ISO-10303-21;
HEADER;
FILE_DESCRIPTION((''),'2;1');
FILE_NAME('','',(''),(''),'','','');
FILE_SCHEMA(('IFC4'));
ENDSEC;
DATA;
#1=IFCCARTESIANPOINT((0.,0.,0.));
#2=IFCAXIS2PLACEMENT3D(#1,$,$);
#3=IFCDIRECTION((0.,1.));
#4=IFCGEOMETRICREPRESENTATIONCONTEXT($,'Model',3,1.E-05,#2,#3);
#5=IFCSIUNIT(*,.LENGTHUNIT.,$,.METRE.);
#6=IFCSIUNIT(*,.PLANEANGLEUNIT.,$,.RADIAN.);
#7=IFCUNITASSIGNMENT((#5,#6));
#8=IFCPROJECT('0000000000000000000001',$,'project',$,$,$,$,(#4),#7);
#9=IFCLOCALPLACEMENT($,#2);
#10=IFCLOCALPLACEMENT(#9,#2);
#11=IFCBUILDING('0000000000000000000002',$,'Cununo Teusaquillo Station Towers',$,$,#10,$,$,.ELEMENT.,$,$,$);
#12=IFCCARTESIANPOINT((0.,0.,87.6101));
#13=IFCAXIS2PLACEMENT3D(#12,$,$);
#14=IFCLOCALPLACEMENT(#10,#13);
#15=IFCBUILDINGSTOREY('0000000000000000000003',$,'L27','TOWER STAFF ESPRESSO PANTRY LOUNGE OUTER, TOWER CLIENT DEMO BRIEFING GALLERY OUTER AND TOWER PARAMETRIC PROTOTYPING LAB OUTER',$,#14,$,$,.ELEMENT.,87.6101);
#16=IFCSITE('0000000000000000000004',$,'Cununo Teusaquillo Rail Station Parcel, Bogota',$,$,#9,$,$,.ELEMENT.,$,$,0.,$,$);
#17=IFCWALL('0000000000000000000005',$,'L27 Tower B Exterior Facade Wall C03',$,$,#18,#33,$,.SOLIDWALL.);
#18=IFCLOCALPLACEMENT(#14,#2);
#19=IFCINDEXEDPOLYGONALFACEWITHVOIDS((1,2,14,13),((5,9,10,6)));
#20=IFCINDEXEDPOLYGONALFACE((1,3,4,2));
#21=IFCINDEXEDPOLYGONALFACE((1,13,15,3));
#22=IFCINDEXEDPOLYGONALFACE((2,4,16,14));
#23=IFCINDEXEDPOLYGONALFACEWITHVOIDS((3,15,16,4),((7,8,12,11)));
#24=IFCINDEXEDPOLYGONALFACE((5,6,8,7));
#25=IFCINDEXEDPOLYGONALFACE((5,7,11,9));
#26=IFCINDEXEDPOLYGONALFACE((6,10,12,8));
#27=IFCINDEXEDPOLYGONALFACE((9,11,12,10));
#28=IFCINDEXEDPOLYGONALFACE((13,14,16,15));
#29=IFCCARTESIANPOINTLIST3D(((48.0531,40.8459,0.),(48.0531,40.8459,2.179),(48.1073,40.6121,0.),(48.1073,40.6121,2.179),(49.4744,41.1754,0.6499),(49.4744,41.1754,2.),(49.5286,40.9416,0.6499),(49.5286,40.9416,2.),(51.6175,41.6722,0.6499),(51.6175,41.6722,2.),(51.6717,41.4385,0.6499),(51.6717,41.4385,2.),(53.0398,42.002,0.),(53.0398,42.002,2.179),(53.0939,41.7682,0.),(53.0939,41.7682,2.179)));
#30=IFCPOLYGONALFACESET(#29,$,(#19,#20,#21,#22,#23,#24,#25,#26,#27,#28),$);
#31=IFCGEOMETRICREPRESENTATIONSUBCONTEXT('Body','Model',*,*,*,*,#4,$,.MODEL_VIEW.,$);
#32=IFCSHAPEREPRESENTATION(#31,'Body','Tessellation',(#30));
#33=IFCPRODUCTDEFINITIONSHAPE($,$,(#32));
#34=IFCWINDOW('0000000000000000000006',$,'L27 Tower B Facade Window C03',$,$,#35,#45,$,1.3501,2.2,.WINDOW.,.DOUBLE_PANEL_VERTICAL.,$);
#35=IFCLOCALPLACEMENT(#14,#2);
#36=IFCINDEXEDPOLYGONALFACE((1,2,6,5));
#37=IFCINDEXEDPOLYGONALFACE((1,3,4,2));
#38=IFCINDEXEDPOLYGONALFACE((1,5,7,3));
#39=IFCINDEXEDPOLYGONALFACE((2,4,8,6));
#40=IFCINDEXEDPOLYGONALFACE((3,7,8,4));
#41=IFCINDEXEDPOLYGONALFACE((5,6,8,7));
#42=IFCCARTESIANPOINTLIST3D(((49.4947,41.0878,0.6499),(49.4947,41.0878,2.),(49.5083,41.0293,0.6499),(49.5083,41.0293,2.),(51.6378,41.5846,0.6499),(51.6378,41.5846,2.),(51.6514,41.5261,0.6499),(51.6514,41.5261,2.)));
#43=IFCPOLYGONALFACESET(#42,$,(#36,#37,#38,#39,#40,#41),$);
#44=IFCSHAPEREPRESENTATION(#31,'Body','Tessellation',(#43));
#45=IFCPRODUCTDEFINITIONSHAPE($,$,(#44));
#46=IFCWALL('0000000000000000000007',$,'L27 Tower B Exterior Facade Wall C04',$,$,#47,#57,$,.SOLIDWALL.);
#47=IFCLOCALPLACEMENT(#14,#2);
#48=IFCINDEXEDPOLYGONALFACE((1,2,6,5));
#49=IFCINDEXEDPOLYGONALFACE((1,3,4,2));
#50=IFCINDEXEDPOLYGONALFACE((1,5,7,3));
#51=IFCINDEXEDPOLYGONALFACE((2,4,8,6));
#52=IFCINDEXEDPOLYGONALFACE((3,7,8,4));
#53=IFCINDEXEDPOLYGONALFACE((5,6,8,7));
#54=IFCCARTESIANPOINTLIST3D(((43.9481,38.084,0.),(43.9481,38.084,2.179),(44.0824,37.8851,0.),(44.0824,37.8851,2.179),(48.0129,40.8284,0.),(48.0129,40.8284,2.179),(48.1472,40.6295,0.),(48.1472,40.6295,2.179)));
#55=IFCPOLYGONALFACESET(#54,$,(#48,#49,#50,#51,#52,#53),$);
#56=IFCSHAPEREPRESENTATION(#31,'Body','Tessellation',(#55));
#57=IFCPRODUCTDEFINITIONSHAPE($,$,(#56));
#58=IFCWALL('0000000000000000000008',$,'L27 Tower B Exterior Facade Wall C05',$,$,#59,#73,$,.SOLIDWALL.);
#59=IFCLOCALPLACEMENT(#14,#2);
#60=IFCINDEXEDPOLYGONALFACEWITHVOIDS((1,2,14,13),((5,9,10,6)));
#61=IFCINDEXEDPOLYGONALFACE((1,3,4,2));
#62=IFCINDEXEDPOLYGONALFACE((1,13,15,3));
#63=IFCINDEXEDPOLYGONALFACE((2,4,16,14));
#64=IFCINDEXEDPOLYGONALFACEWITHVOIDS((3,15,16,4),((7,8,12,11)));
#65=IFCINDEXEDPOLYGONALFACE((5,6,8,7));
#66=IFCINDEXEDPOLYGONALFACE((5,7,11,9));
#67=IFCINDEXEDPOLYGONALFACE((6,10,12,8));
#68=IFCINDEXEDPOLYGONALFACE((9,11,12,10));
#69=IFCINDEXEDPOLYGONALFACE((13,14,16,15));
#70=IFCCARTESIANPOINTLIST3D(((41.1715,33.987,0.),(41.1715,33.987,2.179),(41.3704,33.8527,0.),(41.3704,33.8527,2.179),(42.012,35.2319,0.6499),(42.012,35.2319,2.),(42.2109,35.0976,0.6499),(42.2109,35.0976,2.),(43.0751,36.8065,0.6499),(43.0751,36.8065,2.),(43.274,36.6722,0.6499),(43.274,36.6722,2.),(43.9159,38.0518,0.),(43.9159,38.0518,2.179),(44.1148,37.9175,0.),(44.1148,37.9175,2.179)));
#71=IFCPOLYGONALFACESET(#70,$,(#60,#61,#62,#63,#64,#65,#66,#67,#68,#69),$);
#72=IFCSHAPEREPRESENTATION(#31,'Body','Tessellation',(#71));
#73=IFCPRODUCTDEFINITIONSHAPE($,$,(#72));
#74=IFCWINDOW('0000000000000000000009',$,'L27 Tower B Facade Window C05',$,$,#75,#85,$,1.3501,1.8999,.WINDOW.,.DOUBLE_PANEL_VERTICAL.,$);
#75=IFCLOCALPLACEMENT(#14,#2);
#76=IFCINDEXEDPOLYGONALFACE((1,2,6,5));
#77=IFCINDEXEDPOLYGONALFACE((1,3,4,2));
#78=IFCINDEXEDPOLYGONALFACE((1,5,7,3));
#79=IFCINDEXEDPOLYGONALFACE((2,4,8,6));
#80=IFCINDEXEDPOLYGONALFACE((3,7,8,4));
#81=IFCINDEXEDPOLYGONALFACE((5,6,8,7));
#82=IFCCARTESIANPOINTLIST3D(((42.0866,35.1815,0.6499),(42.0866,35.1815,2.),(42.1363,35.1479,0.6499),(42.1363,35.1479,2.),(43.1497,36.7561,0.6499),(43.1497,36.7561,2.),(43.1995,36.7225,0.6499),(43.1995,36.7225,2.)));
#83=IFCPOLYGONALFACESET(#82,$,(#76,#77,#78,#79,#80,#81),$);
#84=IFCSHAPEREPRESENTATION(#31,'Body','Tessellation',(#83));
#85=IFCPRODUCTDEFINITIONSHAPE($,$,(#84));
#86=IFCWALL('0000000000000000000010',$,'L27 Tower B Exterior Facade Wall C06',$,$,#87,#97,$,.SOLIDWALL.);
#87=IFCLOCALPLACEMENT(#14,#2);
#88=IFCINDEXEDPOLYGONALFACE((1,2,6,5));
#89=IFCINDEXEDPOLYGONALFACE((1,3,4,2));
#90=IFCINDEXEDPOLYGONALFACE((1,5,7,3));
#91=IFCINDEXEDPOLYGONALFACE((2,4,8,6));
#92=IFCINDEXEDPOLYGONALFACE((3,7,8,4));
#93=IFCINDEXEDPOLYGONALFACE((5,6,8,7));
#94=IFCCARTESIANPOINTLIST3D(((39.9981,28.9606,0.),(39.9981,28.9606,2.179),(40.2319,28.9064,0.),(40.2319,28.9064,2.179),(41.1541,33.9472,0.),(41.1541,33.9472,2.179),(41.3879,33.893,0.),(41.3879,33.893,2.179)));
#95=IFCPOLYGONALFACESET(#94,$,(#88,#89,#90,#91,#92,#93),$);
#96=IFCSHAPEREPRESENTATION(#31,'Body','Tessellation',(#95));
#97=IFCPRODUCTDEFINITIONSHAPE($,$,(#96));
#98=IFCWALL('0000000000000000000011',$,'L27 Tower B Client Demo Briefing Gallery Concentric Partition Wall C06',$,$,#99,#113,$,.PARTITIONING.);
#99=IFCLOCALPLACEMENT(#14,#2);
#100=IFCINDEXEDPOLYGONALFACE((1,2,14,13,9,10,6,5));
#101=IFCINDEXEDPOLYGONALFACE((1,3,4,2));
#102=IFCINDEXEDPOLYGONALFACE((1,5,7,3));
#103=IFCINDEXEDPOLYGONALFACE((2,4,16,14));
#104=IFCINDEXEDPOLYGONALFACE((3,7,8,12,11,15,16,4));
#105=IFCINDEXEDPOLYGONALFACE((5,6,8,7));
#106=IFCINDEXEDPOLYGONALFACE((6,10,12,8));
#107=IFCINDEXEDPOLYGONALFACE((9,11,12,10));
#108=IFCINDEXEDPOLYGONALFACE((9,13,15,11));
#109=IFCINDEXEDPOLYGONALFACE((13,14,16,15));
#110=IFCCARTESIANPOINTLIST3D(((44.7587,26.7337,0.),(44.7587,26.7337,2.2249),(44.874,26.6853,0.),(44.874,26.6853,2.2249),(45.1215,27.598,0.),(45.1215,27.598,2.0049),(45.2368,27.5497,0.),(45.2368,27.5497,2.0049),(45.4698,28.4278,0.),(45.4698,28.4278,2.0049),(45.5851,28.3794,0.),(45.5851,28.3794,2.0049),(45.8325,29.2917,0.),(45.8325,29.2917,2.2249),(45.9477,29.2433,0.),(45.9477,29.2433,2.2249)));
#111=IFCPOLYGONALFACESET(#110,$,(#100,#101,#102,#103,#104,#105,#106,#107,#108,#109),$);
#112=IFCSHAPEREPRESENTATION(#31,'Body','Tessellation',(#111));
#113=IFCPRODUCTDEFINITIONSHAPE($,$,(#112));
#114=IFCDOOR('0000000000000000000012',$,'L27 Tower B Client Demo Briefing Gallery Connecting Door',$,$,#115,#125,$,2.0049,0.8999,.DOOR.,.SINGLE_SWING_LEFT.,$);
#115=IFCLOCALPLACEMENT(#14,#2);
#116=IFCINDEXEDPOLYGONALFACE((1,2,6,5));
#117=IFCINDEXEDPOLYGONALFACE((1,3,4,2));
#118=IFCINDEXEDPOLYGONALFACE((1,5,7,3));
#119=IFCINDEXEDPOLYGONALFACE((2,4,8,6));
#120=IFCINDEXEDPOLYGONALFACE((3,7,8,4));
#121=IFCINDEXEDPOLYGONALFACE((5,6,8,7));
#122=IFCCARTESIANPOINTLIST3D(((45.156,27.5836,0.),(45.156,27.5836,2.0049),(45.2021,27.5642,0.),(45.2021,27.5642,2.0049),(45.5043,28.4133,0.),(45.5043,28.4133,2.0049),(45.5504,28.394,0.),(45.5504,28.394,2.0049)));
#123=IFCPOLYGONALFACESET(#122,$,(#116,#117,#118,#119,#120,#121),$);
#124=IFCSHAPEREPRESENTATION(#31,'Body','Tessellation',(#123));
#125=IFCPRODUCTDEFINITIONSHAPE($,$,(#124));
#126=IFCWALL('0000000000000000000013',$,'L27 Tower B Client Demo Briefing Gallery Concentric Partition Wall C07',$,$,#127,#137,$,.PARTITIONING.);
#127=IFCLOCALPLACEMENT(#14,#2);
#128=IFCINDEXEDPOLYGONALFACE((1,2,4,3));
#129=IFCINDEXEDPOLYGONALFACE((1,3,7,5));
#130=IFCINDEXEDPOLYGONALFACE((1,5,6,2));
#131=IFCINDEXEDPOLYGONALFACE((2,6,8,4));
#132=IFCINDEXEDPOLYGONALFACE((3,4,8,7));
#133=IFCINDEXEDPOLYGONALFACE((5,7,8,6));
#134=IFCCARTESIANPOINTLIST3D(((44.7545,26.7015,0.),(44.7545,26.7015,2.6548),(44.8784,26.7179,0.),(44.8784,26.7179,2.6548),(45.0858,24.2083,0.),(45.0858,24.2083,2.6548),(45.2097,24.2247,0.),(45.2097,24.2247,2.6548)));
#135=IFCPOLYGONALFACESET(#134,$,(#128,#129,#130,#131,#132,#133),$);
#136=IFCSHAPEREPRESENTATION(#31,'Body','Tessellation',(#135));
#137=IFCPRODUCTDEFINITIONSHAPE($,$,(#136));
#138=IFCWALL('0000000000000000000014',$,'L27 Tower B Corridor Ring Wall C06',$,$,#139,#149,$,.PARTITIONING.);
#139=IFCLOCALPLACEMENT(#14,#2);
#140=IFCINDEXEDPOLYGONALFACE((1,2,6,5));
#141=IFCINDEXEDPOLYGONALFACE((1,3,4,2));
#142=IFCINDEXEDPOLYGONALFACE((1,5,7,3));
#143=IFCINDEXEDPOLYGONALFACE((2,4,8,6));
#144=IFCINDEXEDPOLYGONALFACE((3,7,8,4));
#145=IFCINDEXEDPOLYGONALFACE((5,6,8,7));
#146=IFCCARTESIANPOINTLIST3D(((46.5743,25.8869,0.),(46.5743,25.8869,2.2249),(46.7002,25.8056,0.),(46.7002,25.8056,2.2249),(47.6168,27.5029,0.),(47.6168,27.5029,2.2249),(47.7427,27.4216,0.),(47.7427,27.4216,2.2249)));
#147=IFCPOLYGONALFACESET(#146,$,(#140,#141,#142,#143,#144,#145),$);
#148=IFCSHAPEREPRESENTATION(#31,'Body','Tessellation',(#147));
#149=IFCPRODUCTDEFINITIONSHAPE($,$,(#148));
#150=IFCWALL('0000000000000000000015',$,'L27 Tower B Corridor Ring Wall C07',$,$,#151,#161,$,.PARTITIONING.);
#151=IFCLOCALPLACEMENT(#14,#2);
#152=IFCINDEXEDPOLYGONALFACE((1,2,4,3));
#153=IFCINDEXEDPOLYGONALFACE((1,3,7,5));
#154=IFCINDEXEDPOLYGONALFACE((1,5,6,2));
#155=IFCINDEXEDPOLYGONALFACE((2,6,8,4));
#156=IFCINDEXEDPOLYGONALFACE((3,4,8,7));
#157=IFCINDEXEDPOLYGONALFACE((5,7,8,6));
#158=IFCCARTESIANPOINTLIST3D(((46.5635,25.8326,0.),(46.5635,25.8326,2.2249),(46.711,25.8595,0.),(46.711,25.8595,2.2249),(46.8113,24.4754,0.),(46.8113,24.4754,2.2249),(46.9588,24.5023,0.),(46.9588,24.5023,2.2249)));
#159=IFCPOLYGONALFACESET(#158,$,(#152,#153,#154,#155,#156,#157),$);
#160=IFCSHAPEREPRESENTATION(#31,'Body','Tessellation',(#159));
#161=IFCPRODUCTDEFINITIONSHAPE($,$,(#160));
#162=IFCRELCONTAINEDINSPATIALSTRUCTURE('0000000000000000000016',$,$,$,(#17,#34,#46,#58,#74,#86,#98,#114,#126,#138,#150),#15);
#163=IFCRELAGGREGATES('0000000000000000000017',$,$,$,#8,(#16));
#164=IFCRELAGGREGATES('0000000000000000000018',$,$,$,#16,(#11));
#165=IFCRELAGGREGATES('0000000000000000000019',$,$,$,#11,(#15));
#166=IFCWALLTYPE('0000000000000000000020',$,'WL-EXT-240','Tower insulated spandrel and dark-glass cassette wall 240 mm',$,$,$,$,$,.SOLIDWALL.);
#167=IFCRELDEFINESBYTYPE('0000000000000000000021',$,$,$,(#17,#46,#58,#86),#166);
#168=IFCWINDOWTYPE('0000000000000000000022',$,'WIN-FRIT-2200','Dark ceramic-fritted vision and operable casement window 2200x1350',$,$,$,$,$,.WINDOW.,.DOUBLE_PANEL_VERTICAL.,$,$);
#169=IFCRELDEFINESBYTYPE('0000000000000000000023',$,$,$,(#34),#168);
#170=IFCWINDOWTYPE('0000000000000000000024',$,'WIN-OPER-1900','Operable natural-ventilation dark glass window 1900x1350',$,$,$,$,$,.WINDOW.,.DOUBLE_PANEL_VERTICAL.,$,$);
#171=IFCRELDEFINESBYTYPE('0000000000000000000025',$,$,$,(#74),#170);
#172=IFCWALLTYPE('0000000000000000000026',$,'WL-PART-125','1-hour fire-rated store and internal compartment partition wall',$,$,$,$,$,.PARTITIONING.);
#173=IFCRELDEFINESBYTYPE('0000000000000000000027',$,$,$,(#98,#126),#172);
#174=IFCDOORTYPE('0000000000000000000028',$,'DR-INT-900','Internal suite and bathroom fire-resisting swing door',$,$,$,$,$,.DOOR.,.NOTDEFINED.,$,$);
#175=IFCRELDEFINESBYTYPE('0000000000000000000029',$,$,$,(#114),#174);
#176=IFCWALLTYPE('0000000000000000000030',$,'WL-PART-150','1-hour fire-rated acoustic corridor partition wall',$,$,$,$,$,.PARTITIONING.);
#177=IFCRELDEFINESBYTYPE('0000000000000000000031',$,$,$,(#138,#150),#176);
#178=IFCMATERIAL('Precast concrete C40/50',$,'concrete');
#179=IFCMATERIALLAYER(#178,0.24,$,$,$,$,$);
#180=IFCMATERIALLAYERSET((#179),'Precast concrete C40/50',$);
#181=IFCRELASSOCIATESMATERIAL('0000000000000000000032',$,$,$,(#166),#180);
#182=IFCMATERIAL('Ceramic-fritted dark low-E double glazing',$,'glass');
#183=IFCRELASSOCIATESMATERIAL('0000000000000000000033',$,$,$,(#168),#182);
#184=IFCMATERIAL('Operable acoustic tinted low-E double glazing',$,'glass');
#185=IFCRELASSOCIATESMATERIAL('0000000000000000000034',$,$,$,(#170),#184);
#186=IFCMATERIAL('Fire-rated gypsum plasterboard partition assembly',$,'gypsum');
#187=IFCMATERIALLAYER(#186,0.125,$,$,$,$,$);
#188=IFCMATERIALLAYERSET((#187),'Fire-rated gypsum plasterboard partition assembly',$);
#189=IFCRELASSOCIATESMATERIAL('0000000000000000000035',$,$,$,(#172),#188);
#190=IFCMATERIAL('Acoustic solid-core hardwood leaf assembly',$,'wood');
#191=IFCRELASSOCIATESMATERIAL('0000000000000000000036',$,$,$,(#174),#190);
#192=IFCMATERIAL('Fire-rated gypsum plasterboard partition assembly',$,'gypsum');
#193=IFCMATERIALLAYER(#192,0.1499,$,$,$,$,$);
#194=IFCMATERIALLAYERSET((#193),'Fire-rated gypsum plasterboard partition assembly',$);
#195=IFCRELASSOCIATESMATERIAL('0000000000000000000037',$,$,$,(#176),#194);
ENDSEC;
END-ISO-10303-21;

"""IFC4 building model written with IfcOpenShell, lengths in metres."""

from ifc_helpers import new_model, si_unit, direction, frame, frame_2d, origin, place, context, subcontext, project, spatial, rectangle, extrude, source, transform, mapped, material, layer, layer_set, type_object, element, fill, save


model = new_model("IFC4")

# Units and contexts
model_context = context("Model", 3, precision=1e-05, world=origin(), true_north=direction((0.0, 1.0)))
body_context = subcontext(model_context, "Body", "Model", "MODEL_VIEW")
ifc_project = project(units=[si_unit("LENGTHUNIT", "METRE"), si_unit("PLANEANGLEUNIT", "RADIAN")], contexts=[model_context])

# Site, building, storey
site_placement = place(None, origin())
site = spatial("IfcSite", under=ifc_project, at=site_placement, Name="Cununo Teusaquillo Rail Station Parcel, Bogota", CompositionType="ELEMENT", RefElevation=0.0)
building_placement = place(site_placement, origin())
building = spatial("IfcBuilding", under=site, at=building_placement, Name="Cununo Teusaquillo Station Towers", CompositionType="ELEMENT")
storey_placement = place(building_placement, frame((0.0, 0.0, 87.6101)))
storey = spatial("IfcBuildingStorey", under=building, at=storey_placement, Name="L27", Description="TOWER STAFF ESPRESSO PANTRY LOUNGE OUTER, TOWER CLIENT DEMO BRIEFING GALLERY OUTER AND TOWER PARAMETRIC PROTOTYPING LAB OUTER", CompositionType="ELEMENT", Elevation=87.6101)

# Wall, opening, window
ifc_material_1 = material(Name="Precast concrete C40/50", Category="concrete")
ifc_layer_1 = layer(ifc_material_1, 0.24)
ifc_layer_set_1 = layer_set([ifc_layer_1], Name="Precast concrete C40/50")
wall_type_1 = type_object("IfcWallType", Name="WL-EXT-240", Description="Tower insulated spandrel and dark-glass cassette wall 240 mm", PredefinedType="SOLIDWALL", material=ifc_layer_set_1)
wall_1_placement = place(storey_placement, frame((48.0801, 40.729, 0.0), z_axis=(0.0, 0.0, 1.0), x_axis=(0.974166, 0.225835, 0.0)))
wall_1 = element("IfcWall", 1, at=wall_1_placement, inside=storey, type_object=wall_type_1, Name="L27 Tower B Exterior Facade Wall C03", PredefinedType="SOLIDWALL", context=body_context, shape_type="SweptSolid", body=[
    extrude(rectangle(XDim=5.1189, YDim=0.24, at=frame_2d((2.5596, 0.0))), origin(), (0.0, 0.0, 1.0), 2.179),
])
shared_shape_1 = source(origin(), body_context, "Body", "SweptSolid", [
    extrude(rectangle(XDim=2.2, YDim=1.3501, at=frame_2d((1.1001, 0.675))), frame((0.0, 0.1299, 0.0), z_axis=(0.0, -1.0, 0.0), x_axis=(1.0, 0.0, 0.0)), (0.0, 0.0, 1.0), 0.26),
])
opening_1_placement = place(wall_1_placement, frame((1.459, 0.0, 0.6499)))
opening_1 = element("IfcOpeningElement", 2, at=opening_1_placement, cuts=wall_1, PredefinedType="OPENING", context=body_context, shape_type="MappedRepresentation", body=[
    mapped(shared_shape_1, transform((0.0, 0.0, 0.0), x_axis=(1.0, 0.0, 0.0), y_axis=(0.0, 1.0, 0.0), z_axis=(0.0, 0.0, 1.0), scale=1.0)),
])
ifc_material_2 = material(Name="Ceramic-fritted dark low-E double glazing", Category="glass")
window_type_1 = type_object("IfcWindowType", Name="WIN-FRIT-2200", Description="Dark ceramic-fritted vision and operable casement window 2200x1350", PartitioningType="DOUBLE_PANEL_VERTICAL", PredefinedType="WINDOW", material=ifc_material_2)
shared_shape_2 = source(origin(), body_context, "Body", "SweptSolid", [
    extrude(rectangle(XDim=2.2, YDim=1.3501, at=frame_2d((1.1001, 0.675))), frame((0.0, 0.03, 0.0), z_axis=(0.0, -1.0, 0.0), x_axis=(1.0, 0.0, 0.0)), (0.0, 0.0, 1.0), 0.0601),
])
window_1_placement = place(opening_1_placement, origin())
window_1 = element("IfcWindow", 3, at=window_1_placement, inside=storey, type_object=window_type_1, Name="L27 Tower B Facade Window C03", OverallHeight=1.3501, OverallWidth=2.2, PartitioningType="DOUBLE_PANEL_VERTICAL", PredefinedType="WINDOW", context=body_context, shape_type="MappedRepresentation", body=[
    mapped(shared_shape_2, transform((0.0, 0.0, 0.0), x_axis=(1.0, 0.0, 0.0), y_axis=(0.0, 1.0, 0.0), z_axis=(0.0, 0.0, 1.0), scale=1.0)),
])
fill(opening_1, window_1)

# Wall
wall_2_placement = place(storey_placement, frame((44.0154, 37.9846, 0.0), z_axis=(0.0, 0.0, 1.0), x_axis=(0.828781, 0.559573, 0.0)))
element("IfcWall", 4, at=wall_2_placement, inside=storey, type_object=wall_type_1, Name="L27 Tower B Exterior Facade Wall C04", PredefinedType="SOLIDWALL", context=body_context, shape_type="SweptSolid", body=[
    extrude(rectangle(XDim=4.9045, YDim=0.24, at=frame_2d((2.4521, 0.0))), origin(), (0.0, 0.0, 1.0), 2.179),
])

# Wall, opening, window
wall_3_placement = place(storey_placement, frame((41.271, 33.9199, 0.0), z_axis=(0.0, 0.0, 1.0), x_axis=(0.559573, 0.828781, 0.0)))
wall_3 = element("IfcWall", 5, at=wall_3_placement, inside=storey, type_object=wall_type_1, Name="L27 Tower B Exterior Facade Wall C05", PredefinedType="SOLIDWALL", context=body_context, shape_type="SweptSolid", body=[
    extrude(rectangle(XDim=4.9045, YDim=0.24, at=frame_2d((2.4521, 0.0))), origin(), (0.0, 0.0, 1.0), 2.179),
])
shared_shape_3 = source(origin(), body_context, "Body", "SweptSolid", [
    extrude(rectangle(XDim=1.8999, YDim=1.3501, at=frame_2d((0.95, 0.675))), frame((0.0, 0.1299, 0.0), z_axis=(0.0, -1.0, 0.0), x_axis=(1.0, 0.0, 0.0)), (0.0, 0.0, 1.0), 0.26),
])
opening_2_placement = place(wall_3_placement, frame((1.502, 0.0, 0.6499)))
opening_2 = element("IfcOpeningElement", 6, at=opening_2_placement, cuts=wall_3, PredefinedType="OPENING", context=body_context, shape_type="MappedRepresentation", body=[
    mapped(shared_shape_3, transform((0.0, 0.0, 0.0), x_axis=(1.0, 0.0, 0.0), y_axis=(0.0, 1.0, 0.0), z_axis=(0.0, 0.0, 1.0), scale=1.0)),
])
ifc_material_3 = material(Name="Operable acoustic tinted low-E double glazing", Category="glass")
window_type_2 = type_object("IfcWindowType", Name="WIN-OPER-1900", Description="Operable natural-ventilation dark glass window 1900x1350", PartitioningType="DOUBLE_PANEL_VERTICAL", PredefinedType="WINDOW", material=ifc_material_3)
shared_shape_4 = source(origin(), body_context, "Body", "SweptSolid", [
    extrude(rectangle(XDim=1.8999, YDim=1.3501, at=frame_2d((0.95, 0.675))), frame((0.0, 0.03, 0.0), z_axis=(0.0, -1.0, 0.0), x_axis=(1.0, 0.0, 0.0)), (0.0, 0.0, 1.0), 0.0601),
])
window_2_placement = place(opening_2_placement, origin())
window_2 = element("IfcWindow", 7, at=window_2_placement, inside=storey, type_object=window_type_2, Name="L27 Tower B Facade Window C05", OverallHeight=1.3501, OverallWidth=1.8999, PartitioningType="DOUBLE_PANEL_VERTICAL", PredefinedType="WINDOW", context=body_context, shape_type="MappedRepresentation", body=[
    mapped(shared_shape_4, transform((0.0, 0.0, 0.0), x_axis=(1.0, 0.0, 0.0), y_axis=(0.0, 1.0, 0.0), z_axis=(0.0, 0.0, 1.0), scale=1.0)),
])
fill(opening_2, window_2)

# Wall
wall_4_placement = place(storey_placement, frame((40.115, 28.9333, 0.0), z_axis=(0.0, 0.0, 1.0), x_axis=(0.225835, 0.974166, 0.0)))
element("IfcWall", 8, at=wall_4_placement, inside=storey, type_object=wall_type_1, Name="L27 Tower B Exterior Facade Wall C06", PredefinedType="SOLIDWALL", context=body_context, shape_type="SweptSolid", body=[
    extrude(rectangle(XDim=5.1189, YDim=0.24, at=frame_2d((2.5596, 0.0))), origin(), (0.0, 0.0, 1.0), 2.179),
])

# Wall, opening, door
ifc_material_4 = material(Name="Fire-rated gypsum plasterboard partition assembly", Category="gypsum")
ifc_layer_2 = layer(ifc_material_4, 0.125)
ifc_layer_set_2 = layer_set([ifc_layer_2], Name="Fire-rated gypsum plasterboard partition assembly")
wall_type_2 = type_object("IfcWallType", Name="WL-PART-125", Description="1-hour fire-rated store and internal compartment partition wall", PredefinedType="PARTITIONING", material=ifc_layer_set_2)
wall_5_placement = place(storey_placement, frame((45.8901, 29.2676, 0.0), z_axis=(0.0, 0.0, 1.0), x_axis=(-0.387057, -0.922056, 0.0)))
wall_5 = element("IfcWall", 9, at=wall_5_placement, inside=storey, type_object=wall_type_2, Name="L27 Tower B Client Demo Briefing Gallery Concentric Partition Wall C06", PredefinedType="PARTITIONING", context=body_context, shape_type="SweptSolid", body=[
    extrude(rectangle(XDim=2.7742, YDim=0.125, at=frame_2d((1.3872, 0.0))), origin(), (0.0, 0.0, 1.0), 2.2249),
])
shared_shape_5 = source(origin(), body_context, "Body", "SweptSolid", [
    extrude(rectangle(XDim=0.8999, YDim=2.0049, at=frame_2d((0.45, 1.0024))), frame((0.0, 0.0725, 0.0), z_axis=(0.0, -1.0, 0.0), x_axis=(1.0, 0.0, 0.0)), (0.0, 0.0, 1.0), 0.145),
])
opening_3_placement = place(wall_5_placement, frame((0.937, 0.0, 0.0)))
opening_3 = element("IfcOpeningElement", 10, at=opening_3_placement, cuts=wall_5, PredefinedType="OPENING", context=body_context, shape_type="MappedRepresentation", body=[
    mapped(shared_shape_5, transform((0.0, 0.0, 0.0), x_axis=(1.0, 0.0, 0.0), y_axis=(0.0, 1.0, 0.0), z_axis=(0.0, 0.0, 1.0), scale=1.0)),
])
ifc_material_5 = material(Name="Acoustic solid-core hardwood leaf assembly", Category="wood")
door_type = type_object("IfcDoorType", Name="DR-INT-900", Description="Internal suite and bathroom fire-resisting swing door", OperationType="NOTDEFINED", PredefinedType="DOOR", material=ifc_material_5)
shared_shape_6 = source(origin(), body_context, "Body", "SweptSolid", [
    extrude(rectangle(XDim=0.8999, YDim=2.0049, at=frame_2d((0.45, 1.0024))), frame((0.0, 0.0249, 0.0), z_axis=(0.0, -1.0, 0.0), x_axis=(1.0, 0.0, 0.0)), (0.0, 0.0, 1.0), 0.05),
])
door_placement = place(opening_3_placement, origin())
door = element("IfcDoor", 11, at=door_placement, inside=storey, type_object=door_type, Name="L27 Tower B Client Demo Briefing Gallery Connecting Door", OperationType="SINGLE_SWING_LEFT", OverallHeight=2.0049, OverallWidth=0.8999, PredefinedType="DOOR", context=body_context, shape_type="MappedRepresentation", body=[
    mapped(shared_shape_6, transform((0.0, 0.0, 0.0), x_axis=(1.0, 0.0, 0.0), y_axis=(0.0, 1.0, 0.0), z_axis=(0.0, 0.0, 1.0), scale=1.0)),
])
fill(opening_3, door)

# Walls
wall_6_placement = place(storey_placement, frame((44.8164, 26.7097, 0.0), z_axis=(0.0, 0.0, 1.0), x_axis=(0.131725, -0.991286, 0.0)))
element("IfcWall", 12, at=wall_6_placement, inside=storey, type_object=wall_type_2, Name="L27 Tower B Client Demo Briefing Gallery Concentric Partition Wall C07", PredefinedType="PARTITIONING", context=body_context, shape_type="SweptSolid", body=[
    extrude(rectangle(XDim=2.5151, YDim=0.125, at=frame_2d((1.2576, 0.0))), origin(), (0.0, 0.0, 1.0), 2.6548),
])
ifc_material_6 = material(Name="Fire-rated gypsum plasterboard partition assembly", Category="gypsum")
ifc_layer_3 = layer(ifc_material_6, 0.1499)
ifc_layer_set_3 = layer_set([ifc_layer_3], Name="Fire-rated gypsum plasterboard partition assembly")
wall_type_3 = type_object("IfcWallType", Name="WL-PART-150", Description="1-hour fire-rated acoustic corridor partition wall", PredefinedType="PARTITIONING", material=ifc_layer_set_3)
wall_7_placement = place(storey_placement, frame((47.6797, 27.4622, 0.0), z_axis=(0.0, 0.0, 1.0), x_axis=(-0.542098, -0.840315, 0.0)))
element("IfcWall", 13, at=wall_7_placement, inside=storey, type_object=wall_type_3, Name="L27 Tower B Corridor Ring Wall C06", PredefinedType="PARTITIONING", context=body_context, shape_type="SweptSolid", body=[
    extrude(rectangle(XDim=1.9231, YDim=0.1499, at=frame_2d((0.9614, 0.0))), origin(), (0.0, 0.0, 1.0), 2.2249),
])
wall_8_placement = place(storey_placement, frame((46.6372, 25.8462, 0.0), z_axis=(0.0, 0.0, 1.0), x_axis=(0.179617, -0.983737, 0.0)))
element("IfcWall", 14, at=wall_8_placement, inside=storey, type_object=wall_type_3, Name="L27 Tower B Corridor Ring Wall C07", PredefinedType="PARTITIONING", context=body_context, shape_type="SweptSolid", body=[
    extrude(rectangle(XDim=1.3796, YDim=0.1499, at=frame_2d((0.6899, 0.0))), origin(), (0.0, 0.0, 1.0), 2.2249),
])

save(model, "model.ifc")
